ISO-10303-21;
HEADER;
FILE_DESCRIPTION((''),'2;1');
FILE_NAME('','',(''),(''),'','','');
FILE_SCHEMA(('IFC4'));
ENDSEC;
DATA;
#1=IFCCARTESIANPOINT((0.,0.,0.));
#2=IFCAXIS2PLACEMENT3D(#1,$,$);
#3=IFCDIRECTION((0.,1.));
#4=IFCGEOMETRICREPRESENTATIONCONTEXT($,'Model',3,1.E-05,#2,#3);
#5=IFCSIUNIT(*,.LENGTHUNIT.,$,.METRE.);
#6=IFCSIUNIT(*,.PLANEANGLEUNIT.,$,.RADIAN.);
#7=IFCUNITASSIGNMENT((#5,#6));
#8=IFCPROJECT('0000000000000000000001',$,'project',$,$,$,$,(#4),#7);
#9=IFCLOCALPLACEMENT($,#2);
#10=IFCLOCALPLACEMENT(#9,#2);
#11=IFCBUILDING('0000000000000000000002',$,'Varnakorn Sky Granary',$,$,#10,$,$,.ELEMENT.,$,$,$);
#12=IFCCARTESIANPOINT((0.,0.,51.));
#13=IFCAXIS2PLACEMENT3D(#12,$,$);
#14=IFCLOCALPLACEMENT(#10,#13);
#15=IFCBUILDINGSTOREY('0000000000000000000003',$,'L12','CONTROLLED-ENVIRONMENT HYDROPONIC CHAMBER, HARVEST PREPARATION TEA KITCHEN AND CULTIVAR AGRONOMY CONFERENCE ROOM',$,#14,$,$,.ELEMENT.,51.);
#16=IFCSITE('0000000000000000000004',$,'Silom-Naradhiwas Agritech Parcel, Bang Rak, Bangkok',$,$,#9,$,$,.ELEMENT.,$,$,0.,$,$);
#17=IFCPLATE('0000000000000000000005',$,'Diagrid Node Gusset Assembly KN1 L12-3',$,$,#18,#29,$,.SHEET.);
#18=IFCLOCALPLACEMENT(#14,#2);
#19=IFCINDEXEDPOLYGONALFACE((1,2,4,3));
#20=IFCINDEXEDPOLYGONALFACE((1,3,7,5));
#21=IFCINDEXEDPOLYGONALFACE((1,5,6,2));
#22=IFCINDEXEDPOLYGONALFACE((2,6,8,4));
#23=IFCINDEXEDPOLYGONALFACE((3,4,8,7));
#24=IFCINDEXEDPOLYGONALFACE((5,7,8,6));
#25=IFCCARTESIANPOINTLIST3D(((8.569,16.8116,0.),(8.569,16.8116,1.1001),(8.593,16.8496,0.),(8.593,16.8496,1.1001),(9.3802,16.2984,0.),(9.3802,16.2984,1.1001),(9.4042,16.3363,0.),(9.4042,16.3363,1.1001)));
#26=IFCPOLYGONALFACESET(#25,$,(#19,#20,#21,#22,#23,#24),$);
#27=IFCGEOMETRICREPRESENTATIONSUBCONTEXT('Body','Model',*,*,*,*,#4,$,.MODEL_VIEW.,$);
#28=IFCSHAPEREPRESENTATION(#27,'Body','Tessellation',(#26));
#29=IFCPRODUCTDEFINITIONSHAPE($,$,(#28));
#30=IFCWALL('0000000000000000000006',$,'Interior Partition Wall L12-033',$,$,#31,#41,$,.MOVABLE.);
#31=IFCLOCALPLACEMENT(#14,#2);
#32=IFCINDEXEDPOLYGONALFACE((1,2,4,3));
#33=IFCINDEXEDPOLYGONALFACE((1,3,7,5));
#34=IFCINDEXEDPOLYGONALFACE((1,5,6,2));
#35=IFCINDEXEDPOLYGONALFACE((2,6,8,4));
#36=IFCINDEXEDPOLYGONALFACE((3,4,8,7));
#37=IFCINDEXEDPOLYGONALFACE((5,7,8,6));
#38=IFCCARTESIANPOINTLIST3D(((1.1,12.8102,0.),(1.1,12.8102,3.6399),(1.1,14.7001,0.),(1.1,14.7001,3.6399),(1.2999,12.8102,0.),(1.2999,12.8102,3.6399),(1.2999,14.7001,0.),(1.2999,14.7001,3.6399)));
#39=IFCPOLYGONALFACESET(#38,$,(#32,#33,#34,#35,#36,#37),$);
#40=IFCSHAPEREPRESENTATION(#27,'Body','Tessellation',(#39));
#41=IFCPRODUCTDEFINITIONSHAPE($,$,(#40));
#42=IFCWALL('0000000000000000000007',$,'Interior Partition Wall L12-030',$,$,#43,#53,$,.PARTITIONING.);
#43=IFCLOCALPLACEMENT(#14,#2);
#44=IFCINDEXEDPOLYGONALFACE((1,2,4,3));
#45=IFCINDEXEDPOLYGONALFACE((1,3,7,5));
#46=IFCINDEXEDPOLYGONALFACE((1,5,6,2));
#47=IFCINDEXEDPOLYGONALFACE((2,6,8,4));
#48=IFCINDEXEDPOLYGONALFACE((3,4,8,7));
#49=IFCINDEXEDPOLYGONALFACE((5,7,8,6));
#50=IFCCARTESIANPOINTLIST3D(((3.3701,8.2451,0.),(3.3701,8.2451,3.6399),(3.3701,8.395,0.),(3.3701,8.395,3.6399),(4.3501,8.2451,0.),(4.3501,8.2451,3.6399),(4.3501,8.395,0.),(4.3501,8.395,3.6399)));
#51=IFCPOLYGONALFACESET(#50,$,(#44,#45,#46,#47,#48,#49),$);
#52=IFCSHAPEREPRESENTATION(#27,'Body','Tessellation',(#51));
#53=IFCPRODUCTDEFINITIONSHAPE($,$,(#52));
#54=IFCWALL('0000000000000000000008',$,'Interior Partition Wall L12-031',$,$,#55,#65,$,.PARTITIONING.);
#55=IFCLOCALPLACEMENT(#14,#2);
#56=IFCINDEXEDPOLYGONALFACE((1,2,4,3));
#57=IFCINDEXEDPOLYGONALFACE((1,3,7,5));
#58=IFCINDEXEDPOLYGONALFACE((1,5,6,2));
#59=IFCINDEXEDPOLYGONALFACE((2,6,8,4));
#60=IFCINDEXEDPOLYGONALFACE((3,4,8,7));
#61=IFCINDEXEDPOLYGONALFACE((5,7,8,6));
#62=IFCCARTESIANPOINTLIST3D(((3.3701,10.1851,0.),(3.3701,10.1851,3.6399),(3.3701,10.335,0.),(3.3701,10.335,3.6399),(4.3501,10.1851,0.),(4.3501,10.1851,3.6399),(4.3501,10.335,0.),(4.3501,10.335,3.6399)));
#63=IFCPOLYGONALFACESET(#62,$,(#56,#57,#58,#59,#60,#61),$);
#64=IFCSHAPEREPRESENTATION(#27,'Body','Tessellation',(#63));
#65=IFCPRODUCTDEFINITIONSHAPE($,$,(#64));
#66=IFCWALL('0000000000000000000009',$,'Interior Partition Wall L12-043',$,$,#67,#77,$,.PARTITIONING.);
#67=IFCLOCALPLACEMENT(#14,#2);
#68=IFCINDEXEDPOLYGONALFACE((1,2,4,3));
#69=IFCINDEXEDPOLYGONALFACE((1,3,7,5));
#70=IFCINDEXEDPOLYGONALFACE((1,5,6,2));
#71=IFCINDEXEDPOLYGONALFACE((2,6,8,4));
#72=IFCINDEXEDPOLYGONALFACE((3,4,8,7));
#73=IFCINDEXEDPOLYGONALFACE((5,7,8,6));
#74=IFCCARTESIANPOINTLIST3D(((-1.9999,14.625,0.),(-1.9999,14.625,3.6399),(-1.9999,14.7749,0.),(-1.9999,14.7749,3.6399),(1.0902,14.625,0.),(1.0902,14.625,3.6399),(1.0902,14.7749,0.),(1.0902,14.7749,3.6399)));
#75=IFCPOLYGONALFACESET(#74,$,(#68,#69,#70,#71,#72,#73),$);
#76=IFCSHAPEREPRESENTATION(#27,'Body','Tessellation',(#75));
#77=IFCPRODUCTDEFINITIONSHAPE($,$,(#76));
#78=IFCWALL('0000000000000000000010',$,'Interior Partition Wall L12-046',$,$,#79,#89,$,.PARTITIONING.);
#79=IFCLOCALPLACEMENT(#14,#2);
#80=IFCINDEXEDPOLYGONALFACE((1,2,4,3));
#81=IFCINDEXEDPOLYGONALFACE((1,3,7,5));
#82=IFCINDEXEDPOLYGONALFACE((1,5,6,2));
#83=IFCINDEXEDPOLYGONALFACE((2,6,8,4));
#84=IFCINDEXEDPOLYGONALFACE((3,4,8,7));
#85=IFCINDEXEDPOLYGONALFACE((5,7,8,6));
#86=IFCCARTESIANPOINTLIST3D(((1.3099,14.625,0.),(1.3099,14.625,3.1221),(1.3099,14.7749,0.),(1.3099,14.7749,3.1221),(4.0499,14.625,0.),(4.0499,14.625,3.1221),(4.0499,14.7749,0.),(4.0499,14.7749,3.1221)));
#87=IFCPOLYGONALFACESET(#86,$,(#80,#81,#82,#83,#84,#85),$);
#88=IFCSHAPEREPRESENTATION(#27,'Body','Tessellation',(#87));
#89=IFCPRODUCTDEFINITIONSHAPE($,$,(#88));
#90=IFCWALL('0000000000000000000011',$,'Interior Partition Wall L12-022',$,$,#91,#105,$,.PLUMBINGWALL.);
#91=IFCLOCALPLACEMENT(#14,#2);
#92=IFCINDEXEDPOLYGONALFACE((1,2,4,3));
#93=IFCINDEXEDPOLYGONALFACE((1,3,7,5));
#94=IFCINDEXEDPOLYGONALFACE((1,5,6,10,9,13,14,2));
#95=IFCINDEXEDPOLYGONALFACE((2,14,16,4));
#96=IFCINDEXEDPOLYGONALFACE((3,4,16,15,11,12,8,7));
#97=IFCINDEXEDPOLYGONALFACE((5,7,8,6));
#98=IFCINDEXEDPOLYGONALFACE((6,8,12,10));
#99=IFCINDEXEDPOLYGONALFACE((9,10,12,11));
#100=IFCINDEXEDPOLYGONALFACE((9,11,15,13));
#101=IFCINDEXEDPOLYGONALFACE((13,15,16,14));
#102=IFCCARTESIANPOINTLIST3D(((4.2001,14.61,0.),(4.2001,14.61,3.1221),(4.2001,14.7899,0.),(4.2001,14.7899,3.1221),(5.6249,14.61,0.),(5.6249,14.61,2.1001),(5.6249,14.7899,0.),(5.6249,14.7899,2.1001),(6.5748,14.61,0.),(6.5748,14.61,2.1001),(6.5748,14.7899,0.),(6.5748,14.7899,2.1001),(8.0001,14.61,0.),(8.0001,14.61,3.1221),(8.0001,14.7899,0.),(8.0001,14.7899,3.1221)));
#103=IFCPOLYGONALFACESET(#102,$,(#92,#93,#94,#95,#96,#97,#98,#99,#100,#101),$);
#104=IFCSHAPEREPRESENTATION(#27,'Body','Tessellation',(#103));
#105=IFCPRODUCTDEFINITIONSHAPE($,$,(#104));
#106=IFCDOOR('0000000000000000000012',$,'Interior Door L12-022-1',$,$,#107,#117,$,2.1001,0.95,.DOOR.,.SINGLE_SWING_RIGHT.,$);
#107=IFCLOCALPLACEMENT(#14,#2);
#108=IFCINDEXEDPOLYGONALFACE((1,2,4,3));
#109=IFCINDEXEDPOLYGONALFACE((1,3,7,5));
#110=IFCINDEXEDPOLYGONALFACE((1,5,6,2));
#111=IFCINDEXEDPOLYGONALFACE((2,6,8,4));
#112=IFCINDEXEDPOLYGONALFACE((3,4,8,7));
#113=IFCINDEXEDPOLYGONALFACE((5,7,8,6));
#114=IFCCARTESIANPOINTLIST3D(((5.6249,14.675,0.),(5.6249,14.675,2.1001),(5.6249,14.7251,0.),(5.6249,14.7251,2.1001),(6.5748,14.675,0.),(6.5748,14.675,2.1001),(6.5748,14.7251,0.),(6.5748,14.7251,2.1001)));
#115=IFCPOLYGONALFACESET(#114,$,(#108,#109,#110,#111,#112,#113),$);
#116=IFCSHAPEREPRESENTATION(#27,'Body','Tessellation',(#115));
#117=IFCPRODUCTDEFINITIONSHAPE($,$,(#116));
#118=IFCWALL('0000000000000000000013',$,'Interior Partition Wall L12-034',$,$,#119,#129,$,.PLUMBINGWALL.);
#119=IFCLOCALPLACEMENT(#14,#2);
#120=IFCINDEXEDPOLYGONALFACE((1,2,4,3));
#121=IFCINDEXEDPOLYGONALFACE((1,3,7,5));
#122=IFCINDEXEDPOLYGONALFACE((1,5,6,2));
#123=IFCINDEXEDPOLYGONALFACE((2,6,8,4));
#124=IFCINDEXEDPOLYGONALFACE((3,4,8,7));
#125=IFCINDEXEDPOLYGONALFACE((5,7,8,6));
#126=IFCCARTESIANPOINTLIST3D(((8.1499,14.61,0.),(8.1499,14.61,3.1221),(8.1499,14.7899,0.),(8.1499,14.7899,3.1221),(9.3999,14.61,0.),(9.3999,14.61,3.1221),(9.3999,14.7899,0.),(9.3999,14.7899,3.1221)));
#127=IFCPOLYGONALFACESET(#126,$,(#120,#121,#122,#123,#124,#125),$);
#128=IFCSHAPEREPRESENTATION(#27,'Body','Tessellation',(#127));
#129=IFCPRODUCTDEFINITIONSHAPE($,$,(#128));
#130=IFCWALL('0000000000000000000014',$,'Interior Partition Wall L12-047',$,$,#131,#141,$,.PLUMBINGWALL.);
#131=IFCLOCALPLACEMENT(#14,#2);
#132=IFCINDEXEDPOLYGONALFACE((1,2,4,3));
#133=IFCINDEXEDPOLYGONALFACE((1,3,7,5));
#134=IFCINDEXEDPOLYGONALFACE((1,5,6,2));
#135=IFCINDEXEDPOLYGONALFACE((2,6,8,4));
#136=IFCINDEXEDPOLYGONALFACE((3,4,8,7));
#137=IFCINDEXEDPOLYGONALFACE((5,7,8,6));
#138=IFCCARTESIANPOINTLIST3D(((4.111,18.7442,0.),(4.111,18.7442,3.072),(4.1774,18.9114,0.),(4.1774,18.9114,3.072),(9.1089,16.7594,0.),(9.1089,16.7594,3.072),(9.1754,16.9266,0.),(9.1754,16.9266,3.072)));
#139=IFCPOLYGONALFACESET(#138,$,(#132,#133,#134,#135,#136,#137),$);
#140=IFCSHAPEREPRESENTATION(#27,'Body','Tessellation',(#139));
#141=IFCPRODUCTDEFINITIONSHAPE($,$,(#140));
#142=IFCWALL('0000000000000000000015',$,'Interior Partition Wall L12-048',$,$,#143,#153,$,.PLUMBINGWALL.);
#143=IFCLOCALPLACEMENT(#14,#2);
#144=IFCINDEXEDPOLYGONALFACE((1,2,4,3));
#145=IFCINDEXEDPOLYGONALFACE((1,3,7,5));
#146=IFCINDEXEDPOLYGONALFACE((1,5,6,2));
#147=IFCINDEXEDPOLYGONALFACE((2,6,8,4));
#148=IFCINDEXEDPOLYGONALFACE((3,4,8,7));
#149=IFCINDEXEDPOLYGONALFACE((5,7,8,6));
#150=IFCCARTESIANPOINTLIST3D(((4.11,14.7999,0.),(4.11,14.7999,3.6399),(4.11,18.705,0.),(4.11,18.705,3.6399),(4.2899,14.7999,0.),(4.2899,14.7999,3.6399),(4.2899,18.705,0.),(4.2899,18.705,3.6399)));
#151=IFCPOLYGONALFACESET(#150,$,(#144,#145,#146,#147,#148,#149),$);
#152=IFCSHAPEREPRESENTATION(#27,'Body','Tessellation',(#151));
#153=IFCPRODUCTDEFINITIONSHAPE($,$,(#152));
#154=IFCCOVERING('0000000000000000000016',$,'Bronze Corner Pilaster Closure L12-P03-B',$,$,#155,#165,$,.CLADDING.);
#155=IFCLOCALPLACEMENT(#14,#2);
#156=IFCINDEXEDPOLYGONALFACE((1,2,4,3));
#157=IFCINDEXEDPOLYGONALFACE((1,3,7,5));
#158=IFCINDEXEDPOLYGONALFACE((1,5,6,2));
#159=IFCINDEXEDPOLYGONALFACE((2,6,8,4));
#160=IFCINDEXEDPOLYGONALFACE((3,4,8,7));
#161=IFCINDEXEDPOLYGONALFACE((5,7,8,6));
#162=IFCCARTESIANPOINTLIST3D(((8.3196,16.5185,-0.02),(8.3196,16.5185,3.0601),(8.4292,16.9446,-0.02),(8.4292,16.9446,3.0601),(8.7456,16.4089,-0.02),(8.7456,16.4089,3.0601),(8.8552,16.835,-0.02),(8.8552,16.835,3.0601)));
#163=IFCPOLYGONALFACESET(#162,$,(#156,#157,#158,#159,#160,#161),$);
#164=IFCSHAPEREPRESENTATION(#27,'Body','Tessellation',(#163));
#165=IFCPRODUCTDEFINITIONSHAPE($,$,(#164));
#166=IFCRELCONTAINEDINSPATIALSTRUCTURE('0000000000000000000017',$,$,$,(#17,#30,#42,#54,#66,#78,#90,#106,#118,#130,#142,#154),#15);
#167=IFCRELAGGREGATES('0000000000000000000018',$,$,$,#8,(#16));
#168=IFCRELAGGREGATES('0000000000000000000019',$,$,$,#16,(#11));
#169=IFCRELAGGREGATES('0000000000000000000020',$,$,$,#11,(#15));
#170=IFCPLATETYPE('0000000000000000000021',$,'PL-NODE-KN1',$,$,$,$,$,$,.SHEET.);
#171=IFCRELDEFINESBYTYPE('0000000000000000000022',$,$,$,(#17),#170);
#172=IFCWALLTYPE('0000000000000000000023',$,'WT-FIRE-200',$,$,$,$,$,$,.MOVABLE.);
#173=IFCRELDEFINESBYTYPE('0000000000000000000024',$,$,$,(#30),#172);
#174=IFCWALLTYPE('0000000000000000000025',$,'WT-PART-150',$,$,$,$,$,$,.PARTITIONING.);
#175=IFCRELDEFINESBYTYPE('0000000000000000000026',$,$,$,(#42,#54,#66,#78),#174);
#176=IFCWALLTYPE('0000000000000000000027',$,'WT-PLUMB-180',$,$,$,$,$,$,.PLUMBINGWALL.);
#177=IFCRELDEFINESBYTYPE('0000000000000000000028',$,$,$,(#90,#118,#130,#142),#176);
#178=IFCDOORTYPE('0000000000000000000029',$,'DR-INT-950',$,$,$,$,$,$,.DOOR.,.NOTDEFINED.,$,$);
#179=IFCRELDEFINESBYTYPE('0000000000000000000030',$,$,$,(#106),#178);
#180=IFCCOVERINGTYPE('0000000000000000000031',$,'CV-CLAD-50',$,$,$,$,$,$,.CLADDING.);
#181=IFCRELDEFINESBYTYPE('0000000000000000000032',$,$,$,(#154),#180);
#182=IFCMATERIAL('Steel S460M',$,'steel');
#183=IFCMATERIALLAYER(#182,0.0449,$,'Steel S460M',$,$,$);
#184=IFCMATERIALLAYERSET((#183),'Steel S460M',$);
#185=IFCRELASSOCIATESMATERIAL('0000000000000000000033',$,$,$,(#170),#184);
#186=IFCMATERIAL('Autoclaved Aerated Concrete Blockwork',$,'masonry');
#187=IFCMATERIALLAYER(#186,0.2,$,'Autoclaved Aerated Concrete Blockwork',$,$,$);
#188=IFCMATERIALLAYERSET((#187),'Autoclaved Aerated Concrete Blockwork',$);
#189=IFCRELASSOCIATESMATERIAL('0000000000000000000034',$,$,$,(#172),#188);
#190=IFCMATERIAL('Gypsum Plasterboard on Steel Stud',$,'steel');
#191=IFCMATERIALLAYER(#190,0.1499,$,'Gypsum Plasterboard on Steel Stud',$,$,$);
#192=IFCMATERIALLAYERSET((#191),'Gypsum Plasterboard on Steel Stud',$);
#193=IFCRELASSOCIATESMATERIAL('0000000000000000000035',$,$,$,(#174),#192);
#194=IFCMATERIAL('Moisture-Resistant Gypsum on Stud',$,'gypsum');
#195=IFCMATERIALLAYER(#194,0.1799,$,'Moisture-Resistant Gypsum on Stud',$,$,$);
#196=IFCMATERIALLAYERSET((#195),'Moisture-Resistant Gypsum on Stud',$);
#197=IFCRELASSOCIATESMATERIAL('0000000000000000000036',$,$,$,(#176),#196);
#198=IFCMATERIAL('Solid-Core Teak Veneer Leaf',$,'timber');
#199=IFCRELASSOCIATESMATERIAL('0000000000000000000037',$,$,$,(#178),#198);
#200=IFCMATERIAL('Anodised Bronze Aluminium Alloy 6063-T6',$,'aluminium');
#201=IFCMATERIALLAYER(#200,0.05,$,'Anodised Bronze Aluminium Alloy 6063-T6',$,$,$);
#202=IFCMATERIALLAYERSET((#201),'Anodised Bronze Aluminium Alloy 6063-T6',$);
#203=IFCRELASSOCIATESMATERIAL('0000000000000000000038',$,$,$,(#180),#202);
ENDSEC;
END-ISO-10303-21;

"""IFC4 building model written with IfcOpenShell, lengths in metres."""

from ifc_helpers import new_model, si_unit, direction, frame, frame_2d, origin, origin_2d, place, context, subcontext, project, spatial, rectangle, extrude, source, transform, mapped, material, layer, layer_set, type_object, type_shapes, element, fill, save


model = new_model("IFC4")

# Units and contexts
model_context = context("Model", 3, precision=1e-05, world=origin(), true_north=direction((0.0, 1.0)))
body_context = subcontext(model_context, "Body", "Model", "MODEL_VIEW")
ifc_project = project(units=[si_unit("LENGTHUNIT", "METRE"), si_unit("PLANEANGLEUNIT", "RADIAN")], contexts=[model_context])

# Site, building, storey
site_placement = place(None, origin())
site = spatial("IfcSite", under=ifc_project, at=site_placement, Name="Silom-Naradhiwas Agritech Parcel, Bang Rak, Bangkok", CompositionType="ELEMENT", RefElevation=0.0)
building_placement = place(site_placement, origin())
building = spatial("IfcBuilding", under=site, at=building_placement, Name="Varnakorn Sky Granary", CompositionType="ELEMENT")
storey_placement = place(building_placement, frame((0.0, 0.0, 51.0)))
storey = spatial("IfcBuildingStorey", under=building, at=storey_placement, Name="L12", Description="CONTROLLED-ENVIRONMENT HYDROPONIC CHAMBER, HARVEST PREPARATION TEA KITCHEN AND CULTIVAR AGRONOMY CONFERENCE ROOM", CompositionType="ELEMENT", Elevation=51.0)

# Shared definitions
ifc_material_1 = material(Name="Steel S460M", Category="steel")

# Shared definitions
ifc_material_2 = material(Name="Anodised Bronze Aluminium Alloy 6063-T6", Category="aluminium")

# Plate
ifc_layer_1 = layer(ifc_material_1, 0.0449, Name="Steel S460M")
ifc_layer_set_1 = layer_set([ifc_layer_1], Name="Steel S460M")
plate_type = type_object("IfcPlateType", Name="PL-NODE-KN1", PredefinedType="SHEET", material=ifc_layer_set_1)
plate_placement = place(storey_placement, frame((8.9866, 16.574, 0.0), z_axis=(0.0, 0.0, 1.0), x_axis=(-0.845058, 0.534675, 0.0)))
element("IfcPlate", 1, at=plate_placement, inside=storey, type_object=plate_type, Name="Diagrid Node Gusset Assembly KN1 L12-3", PredefinedType="SHEET", context=body_context, shape_type="SweptSolid", body=[
    extrude(rectangle(XDim=0.96, YDim=0.0449, at=origin_2d()), origin(), (0.0, 0.0, 1.0), 1.1001),
])

# Walls
ifc_material_3 = material(Name="Autoclaved Aerated Concrete Blockwork", Category="masonry")
ifc_layer_2 = layer(ifc_material_3, 0.2, Name="Autoclaved Aerated Concrete Blockwork")
ifc_layer_set_2 = layer_set([ifc_layer_2], Name="Autoclaved Aerated Concrete Blockwork")
wall_type_1 = type_object("IfcWallType", Name="WT-FIRE-200", PredefinedType="MOVABLE", material=ifc_layer_set_2)
wall_1_placement = place(storey_placement, frame((1.2, 14.7, 0.0), z_axis=(0.0, 0.0, 1.0), x_axis=(0.0, -1.0, 0.0)))
element("IfcWall", 2, at=wall_1_placement, inside=storey, type_object=wall_type_1, Name="Interior Partition Wall L12-033", PredefinedType="MOVABLE", context=body_context, shape_type="SweptSolid", body=[
    extrude(rectangle(XDim=1.8899, YDim=0.2, at=frame_2d((0.9448, 0.0))), origin(), (0.0, 0.0, 1.0), 3.6399),
])
ifc_material_4 = material(Name="Gypsum Plasterboard on Steel Stud", Category="steel")
ifc_layer_3 = layer(ifc_material_4, 0.1499, Name="Gypsum Plasterboard on Steel Stud")
ifc_layer_set_3 = layer_set([ifc_layer_3], Name="Gypsum Plasterboard on Steel Stud")
wall_type_2 = type_object("IfcWallType", Name="WT-PART-150", PredefinedType="PARTITIONING", material=ifc_layer_set_3)
for number, where, z_axis, x_axis, name in (
    (3, (3.3701, 8.3201, 0.0), (0.0, 0.0, 1.0), (1.0, 0.0, 0.0), "Interior Partition Wall L12-030"),
    (4, (3.3701, 10.26, 0.0), (0.0, 0.0, 1.0), (1.0, 0.0, 0.0), "Interior Partition Wall L12-031"),
):
    element("IfcWall", number, at=place(storey_placement, frame(where, z_axis=z_axis, x_axis=x_axis)), inside=storey, type_object=wall_type_2, Name=name, PredefinedType="PARTITIONING", context=body_context, shape_type="SweptSolid", body=[
        extrude(rectangle(XDim=0.98, YDim=0.1499, at=frame_2d((0.49, 0.0))), origin(), (0.0, 0.0, 1.0), 3.6399),
    ])
wall_2_placement = place(storey_placement, frame((1.0901, 14.7, 0.0), z_axis=(0.0, 0.0, 1.0), x_axis=(-1.0, 0.0, 0.0)))
element("IfcWall", 5, at=wall_2_placement, inside=storey, type_object=wall_type_2, Name="Interior Partition Wall L12-043", PredefinedType="PARTITIONING", context=body_context, shape_type="SweptSolid", body=[
    extrude(rectangle(XDim=3.0901, YDim=0.1499, at=frame_2d((1.5449, 0.0))), origin(), (0.0, 0.0, 1.0), 3.6399),
])
wall_3_placement = place(storey_placement, frame((4.05, 14.7, 0.0), z_axis=(0.0, 0.0, 1.0), x_axis=(-1.0, 0.0, 0.0)))
element("IfcWall", 6, at=wall_3_placement, inside=storey, type_object=wall_type_2, Name="Interior Partition Wall L12-046", PredefinedType="PARTITIONING", context=body_context, shape_type="SweptSolid", body=[
    extrude(rectangle(XDim=2.74, YDim=0.1499, at=frame_2d((1.3701, 0.0))), origin(), (0.0, 0.0, 1.0), 3.1221),
])

# Wall, opening, door
ifc_material_5 = material(Name="Moisture-Resistant Gypsum on Stud", Category="gypsum")
ifc_layer_4 = layer(ifc_material_5, 0.1799, Name="Moisture-Resistant Gypsum on Stud")
ifc_layer_set_4 = layer_set([ifc_layer_4], Name="Moisture-Resistant Gypsum on Stud")
wall_type_3 = type_object("IfcWallType", Name="WT-PLUMB-180", PredefinedType="PLUMBINGWALL", material=ifc_layer_set_4)
wall_4_placement = place(storey_placement, frame((8.0, 14.7, 0.0), z_axis=(0.0, 0.0, 1.0), x_axis=(-1.0, 0.0, 0.0)))
wall_4 = element("IfcWall", 7, at=wall_4_placement, inside=storey, type_object=wall_type_3, Name="Interior Partition Wall L12-022", PredefinedType="PLUMBINGWALL", context=body_context, shape_type="SweptSolid", body=[
    extrude(rectangle(XDim=3.8, YDim=0.1799, at=frame_2d((1.8999, 0.0))), origin(), (0.0, 0.0, 1.0), 3.1221),
])
opening_placement = place(wall_4_placement, frame((1.425, 0.0, 0.0)))
opening = element("IfcOpeningElement", 8, at=opening_placement, cuts=wall_4, PredefinedType="OPENING", context=body_context, shape_type="SweptSolid", body=[
    extrude(rectangle(XDim=0.95, YDim=2.1001, at=frame_2d((0.4751, 1.05))), frame((0.0, 0.1001, 0.0), z_axis=(0.0, -1.0, 0.0), x_axis=(1.0, 0.0, 0.0)), (0.0, 0.0, 1.0), 0.2),
])
ifc_material_6 = material(Name="Solid-Core Teak Veneer Leaf", Category="timber")
door_type = type_object("IfcDoorType", Name="DR-INT-950", OperationType="NOTDEFINED", PredefinedType="DOOR", material=ifc_material_6)
door_placement = place(opening_placement, origin())
door = element("IfcDoor", 9, at=door_placement, inside=storey, type_object=door_type, Name="Interior Door L12-022-1", OperationType="SINGLE_SWING_RIGHT", OverallHeight=2.1001, OverallWidth=0.95, PredefinedType="DOOR", context=body_context, shape_type="SweptSolid", body=[
    extrude(rectangle(XDim=0.95, YDim=2.1001, at=frame_2d((0.4751, 1.05))), frame((0.0, 0.0249, 0.0), z_axis=(0.0, -1.0, 0.0), x_axis=(1.0, 0.0, 0.0)), (0.0, 0.0, 1.0), 0.05),
])
fill(opening, door)

# Walls
wall_5_placement = place(storey_placement, frame((9.3999, 14.7, 0.0), z_axis=(0.0, 0.0, 1.0), x_axis=(-1.0, 0.0, 0.0)))
element("IfcWall", 10, at=wall_5_placement, inside=storey, type_object=wall_type_3, Name="Interior Partition Wall L12-034", PredefinedType="PLUMBINGWALL", context=body_context, shape_type="SweptSolid", body=[
    extrude(rectangle(XDim=1.25, YDim=0.1799, at=frame_2d((0.625, 0.0))), origin(), (0.0, 0.0, 1.0), 3.1221),
])
wall_6_placement = place(storey_placement, frame((4.144, 18.8279, 0.0), z_axis=(0.0, 0.0, 1.0), x_axis=(0.929394, -0.369088, 0.0)))
element("IfcWall", 11, at=wall_6_placement, inside=storey, type_object=wall_type_3, Name="Interior Partition Wall L12-047", PredefinedType="PLUMBINGWALL", context=body_context, shape_type="SweptSolid", body=[
    extrude(rectangle(XDim=5.3777, YDim=0.1799, at=frame_2d((2.689, 0.0))), origin(), (0.0, 0.0, 1.0), 3.072),
])
wall_7_placement = place(storey_placement, frame((4.2, 18.7051, 0.0), z_axis=(0.0, 0.0, 1.0), x_axis=(0.0, -1.0, 0.0)))
element("IfcWall", 12, at=wall_7_placement, inside=storey, type_object=wall_type_3, Name="Interior Partition Wall L12-048", PredefinedType="PLUMBINGWALL", context=body_context, shape_type="SweptSolid", body=[
    extrude(rectangle(XDim=3.905, YDim=0.1799, at=frame_2d((1.9526, 0.0))), origin(), (0.0, 0.0, 1.0), 3.6399),
])

# Covering
ifc_layer_5 = layer(ifc_material_2, 0.05, Name="Anodised Bronze Aluminium Alloy 6063-T6")
ifc_layer_set_5 = layer_set([ifc_layer_5], Name="Anodised Bronze Aluminium Alloy 6063-T6")
covering_type = type_object("IfcCoveringType", Name="CV-CLAD-50", PredefinedType="CLADDING", material=ifc_layer_set_5)
shared_shape = source(origin(), body_context, "Body", "SweptSolid", [
    extrude(rectangle(XDim=0.4399, YDim=0.4399, at=origin_2d()), origin(), (0.0, 0.0, 1.0), 3.0801),
])
type_shapes(covering_type, [shared_shape])
covering_placement = place(storey_placement, frame((8.5874, 16.6768, -0.02), z_axis=(0.0, 0.0, 1.0), x_axis=(0.968453, -0.249197, 0.0)))
element("IfcCovering", 13, at=covering_placement, inside=storey, type_object=covering_type, Name="Bronze Corner Pilaster Closure L12-P03-B", PredefinedType="CLADDING", context=body_context, shape_type="MappedRepresentation", body=[
    mapped(shared_shape, transform((0.0, 0.0, 0.0), x_axis=(1.0, 0.0, 0.0), y_axis=(0.0, 1.0, 0.0), z_axis=(0.0, 0.0, 1.0), scale=1.0)),
])

save(model, "model.ifc")
